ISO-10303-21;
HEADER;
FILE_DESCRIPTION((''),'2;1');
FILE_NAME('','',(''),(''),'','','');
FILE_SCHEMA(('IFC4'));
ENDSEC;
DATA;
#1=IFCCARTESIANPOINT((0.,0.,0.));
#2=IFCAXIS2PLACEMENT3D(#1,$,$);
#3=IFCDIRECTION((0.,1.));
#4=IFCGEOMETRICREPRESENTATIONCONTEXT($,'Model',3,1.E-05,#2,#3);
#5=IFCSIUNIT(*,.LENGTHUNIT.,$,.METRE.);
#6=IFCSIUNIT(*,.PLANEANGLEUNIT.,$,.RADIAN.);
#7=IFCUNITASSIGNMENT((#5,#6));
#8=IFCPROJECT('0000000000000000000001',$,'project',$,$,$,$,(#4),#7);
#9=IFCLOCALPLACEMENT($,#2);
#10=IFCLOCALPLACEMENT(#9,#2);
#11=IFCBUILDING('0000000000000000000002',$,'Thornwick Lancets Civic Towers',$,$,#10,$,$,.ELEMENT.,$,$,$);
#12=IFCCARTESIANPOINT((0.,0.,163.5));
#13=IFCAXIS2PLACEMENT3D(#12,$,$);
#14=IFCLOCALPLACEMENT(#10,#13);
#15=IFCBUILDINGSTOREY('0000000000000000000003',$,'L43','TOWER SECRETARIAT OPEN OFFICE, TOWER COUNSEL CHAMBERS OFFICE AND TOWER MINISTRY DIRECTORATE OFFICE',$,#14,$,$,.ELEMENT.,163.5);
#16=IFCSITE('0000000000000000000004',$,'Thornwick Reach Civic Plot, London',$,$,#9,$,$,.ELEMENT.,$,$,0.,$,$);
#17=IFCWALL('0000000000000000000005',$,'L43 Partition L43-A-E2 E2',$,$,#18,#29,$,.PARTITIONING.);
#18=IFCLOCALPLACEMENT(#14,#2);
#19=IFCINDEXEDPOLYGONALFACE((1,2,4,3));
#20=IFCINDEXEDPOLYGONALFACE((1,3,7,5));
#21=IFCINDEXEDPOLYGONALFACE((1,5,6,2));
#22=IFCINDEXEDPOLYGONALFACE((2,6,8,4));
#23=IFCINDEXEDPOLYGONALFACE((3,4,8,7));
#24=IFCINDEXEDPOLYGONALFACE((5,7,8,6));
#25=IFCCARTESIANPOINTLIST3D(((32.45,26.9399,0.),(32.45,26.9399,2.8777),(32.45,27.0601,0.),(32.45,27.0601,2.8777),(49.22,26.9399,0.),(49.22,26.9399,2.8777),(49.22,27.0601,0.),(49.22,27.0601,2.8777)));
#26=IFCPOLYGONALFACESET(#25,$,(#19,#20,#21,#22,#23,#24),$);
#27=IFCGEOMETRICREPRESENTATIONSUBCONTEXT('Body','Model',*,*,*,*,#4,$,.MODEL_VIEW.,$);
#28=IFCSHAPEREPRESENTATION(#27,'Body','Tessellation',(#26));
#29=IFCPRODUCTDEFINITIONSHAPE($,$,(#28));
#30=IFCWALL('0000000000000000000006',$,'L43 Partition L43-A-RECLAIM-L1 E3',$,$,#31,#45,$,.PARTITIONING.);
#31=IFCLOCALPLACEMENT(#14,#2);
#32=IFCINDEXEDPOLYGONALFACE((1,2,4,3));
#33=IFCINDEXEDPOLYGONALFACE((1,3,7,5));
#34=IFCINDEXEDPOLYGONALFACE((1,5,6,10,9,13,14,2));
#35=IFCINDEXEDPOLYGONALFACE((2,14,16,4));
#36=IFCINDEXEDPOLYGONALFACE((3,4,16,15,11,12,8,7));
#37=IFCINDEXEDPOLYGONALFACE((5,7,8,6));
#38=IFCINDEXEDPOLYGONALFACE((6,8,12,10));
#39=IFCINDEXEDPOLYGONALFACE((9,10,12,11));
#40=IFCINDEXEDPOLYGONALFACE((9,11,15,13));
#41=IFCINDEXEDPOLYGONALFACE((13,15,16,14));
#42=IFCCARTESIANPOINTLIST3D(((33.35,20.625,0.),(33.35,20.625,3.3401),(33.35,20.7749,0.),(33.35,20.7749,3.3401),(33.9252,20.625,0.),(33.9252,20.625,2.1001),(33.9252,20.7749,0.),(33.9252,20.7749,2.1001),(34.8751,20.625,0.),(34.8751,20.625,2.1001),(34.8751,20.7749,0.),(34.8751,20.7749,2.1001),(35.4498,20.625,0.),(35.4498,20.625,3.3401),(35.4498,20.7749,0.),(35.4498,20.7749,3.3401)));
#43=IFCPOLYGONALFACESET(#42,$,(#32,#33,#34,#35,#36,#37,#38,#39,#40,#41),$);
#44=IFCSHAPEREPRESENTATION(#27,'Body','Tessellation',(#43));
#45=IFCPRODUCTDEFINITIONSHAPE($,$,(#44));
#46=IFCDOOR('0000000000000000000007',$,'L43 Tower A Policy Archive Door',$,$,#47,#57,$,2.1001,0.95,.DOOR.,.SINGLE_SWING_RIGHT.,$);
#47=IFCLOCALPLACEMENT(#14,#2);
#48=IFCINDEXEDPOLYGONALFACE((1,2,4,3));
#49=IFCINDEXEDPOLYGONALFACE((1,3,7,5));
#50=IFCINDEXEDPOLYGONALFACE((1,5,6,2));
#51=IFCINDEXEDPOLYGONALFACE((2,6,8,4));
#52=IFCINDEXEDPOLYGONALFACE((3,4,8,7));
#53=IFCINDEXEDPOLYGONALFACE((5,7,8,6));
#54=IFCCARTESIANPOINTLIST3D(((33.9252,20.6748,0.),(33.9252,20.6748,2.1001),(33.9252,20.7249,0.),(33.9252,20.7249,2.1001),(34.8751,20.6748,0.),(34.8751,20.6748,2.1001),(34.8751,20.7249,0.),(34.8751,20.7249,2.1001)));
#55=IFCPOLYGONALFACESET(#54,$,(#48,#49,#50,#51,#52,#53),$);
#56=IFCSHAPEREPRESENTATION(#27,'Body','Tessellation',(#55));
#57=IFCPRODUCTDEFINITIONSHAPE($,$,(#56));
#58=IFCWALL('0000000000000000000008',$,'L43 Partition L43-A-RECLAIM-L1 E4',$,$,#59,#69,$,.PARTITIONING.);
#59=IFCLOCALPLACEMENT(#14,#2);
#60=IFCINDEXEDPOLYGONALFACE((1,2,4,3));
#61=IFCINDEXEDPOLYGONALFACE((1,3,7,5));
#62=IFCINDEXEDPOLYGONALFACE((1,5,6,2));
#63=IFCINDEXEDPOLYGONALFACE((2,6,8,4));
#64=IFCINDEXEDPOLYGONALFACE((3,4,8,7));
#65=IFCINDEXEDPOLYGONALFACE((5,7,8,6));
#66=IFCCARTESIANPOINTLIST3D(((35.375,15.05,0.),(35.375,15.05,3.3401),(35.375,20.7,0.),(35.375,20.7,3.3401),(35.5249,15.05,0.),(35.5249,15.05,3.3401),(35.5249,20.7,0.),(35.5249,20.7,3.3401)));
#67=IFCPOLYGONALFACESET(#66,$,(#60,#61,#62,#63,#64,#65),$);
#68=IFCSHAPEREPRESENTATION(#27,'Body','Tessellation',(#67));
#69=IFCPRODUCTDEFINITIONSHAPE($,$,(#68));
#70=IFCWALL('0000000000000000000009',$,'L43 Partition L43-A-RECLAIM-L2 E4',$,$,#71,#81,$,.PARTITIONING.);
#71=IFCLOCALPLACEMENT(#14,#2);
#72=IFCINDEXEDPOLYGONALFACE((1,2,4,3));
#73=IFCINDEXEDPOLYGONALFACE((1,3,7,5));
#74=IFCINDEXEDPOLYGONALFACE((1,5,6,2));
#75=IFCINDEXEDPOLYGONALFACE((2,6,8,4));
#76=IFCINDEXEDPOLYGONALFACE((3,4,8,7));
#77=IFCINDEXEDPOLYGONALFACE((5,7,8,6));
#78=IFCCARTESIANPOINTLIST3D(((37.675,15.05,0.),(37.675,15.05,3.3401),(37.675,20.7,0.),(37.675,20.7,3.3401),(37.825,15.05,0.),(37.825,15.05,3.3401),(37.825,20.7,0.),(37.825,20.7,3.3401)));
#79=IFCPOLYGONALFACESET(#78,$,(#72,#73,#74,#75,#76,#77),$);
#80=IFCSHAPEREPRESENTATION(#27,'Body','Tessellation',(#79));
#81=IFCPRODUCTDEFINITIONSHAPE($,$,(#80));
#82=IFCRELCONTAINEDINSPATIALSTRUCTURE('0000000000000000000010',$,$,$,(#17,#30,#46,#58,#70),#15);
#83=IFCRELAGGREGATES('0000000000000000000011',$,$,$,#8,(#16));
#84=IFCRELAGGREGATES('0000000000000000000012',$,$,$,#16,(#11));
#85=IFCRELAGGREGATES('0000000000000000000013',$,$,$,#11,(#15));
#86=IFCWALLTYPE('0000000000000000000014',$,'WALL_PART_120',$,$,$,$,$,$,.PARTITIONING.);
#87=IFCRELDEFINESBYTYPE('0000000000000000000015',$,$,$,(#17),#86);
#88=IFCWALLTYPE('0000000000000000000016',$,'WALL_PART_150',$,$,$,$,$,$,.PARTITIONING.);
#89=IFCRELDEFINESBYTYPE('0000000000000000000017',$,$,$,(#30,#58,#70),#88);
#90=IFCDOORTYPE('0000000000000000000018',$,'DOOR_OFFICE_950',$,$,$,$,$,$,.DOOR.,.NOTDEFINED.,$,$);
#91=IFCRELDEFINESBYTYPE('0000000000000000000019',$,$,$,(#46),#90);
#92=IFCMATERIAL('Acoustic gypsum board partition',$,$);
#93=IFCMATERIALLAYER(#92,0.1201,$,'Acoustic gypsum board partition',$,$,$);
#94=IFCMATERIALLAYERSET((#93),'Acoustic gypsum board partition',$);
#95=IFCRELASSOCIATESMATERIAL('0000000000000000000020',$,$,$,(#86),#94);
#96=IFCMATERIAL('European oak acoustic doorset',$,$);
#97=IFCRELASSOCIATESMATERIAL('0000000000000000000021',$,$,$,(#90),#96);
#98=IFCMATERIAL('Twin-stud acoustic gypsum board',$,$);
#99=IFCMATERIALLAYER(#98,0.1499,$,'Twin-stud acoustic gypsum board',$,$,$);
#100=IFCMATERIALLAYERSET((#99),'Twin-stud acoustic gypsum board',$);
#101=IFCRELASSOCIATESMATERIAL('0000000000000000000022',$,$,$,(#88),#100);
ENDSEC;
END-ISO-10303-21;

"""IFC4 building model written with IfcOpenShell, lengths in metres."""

from ifc_helpers import new_model, si_unit, direction, frame, frame_2d, origin, place, context, subcontext, project, spatial, rectangle, extrude, material, layer, layer_set, type_object, element, fill, save


model = new_model("IFC4")

# Units and contexts
model_context = context("Model", 3, precision=1e-05, world=origin(), true_north=direction((0.0, 1.0)))
body_context = subcontext(model_context, "Body", "Model", "MODEL_VIEW")
ifc_project = project(units=[si_unit("LENGTHUNIT", "METRE"), si_unit("PLANEANGLEUNIT", "RADIAN")], contexts=[model_context])

# Site, building, storey
site_placement = place(None, origin())
site = spatial("IfcSite", under=ifc_project, at=site_placement, Name="Thornwick Reach Civic Plot, London", CompositionType="ELEMENT", RefElevation=0.0)
building_placement = place(site_placement, origin())
building = spatial("IfcBuilding", under=site, at=building_placement, Name="Thornwick Lancets Civic Towers", CompositionType="ELEMENT")
storey_placement = place(building_placement, frame((0.0, 0.0, 163.5)))
storey = spatial("IfcBuildingStorey", under=building, at=storey_placement, Name="L43", Description="TOWER SECRETARIAT OPEN OFFICE, TOWER COUNSEL CHAMBERS OFFICE AND TOWER MINISTRY DIRECTORATE OFFICE", CompositionType="ELEMENT", Elevation=163.5)

# Shared definitions
ifc_material_1 = material(Name="Acoustic gypsum board partition")
ifc_layer_1 = layer(ifc_material_1, 0.1201, Name="Acoustic gypsum board partition")
ifc_layer_set_1 = layer_set([ifc_layer_1], Name="Acoustic gypsum board partition")
wall_type_1 = type_object("IfcWallType", Name="WALL_PART_120", PredefinedType="PARTITIONING", material=ifc_layer_set_1)

# Shared definitions
ifc_material_2 = material(Name="European oak acoustic doorset")
door_type_1 = type_object("IfcDoorType", Name="DOOR_OFFICE_950", OperationType="NOTDEFINED", PredefinedType="DOOR", material=ifc_material_2)

# Wall
wall_1_placement = place(storey_placement, frame((32.45, 27.0, 0.0), z_axis=(0.0, 0.0, 1.0), x_axis=(1.0, 0.0, 0.0)))
element("IfcWall", 1, at=wall_1_placement, inside=storey, type_object=wall_type_1, Name="L43 Partition L43-A-E2 E2", PredefinedType="PARTITIONING", context=body_context, shape_type="SweptSolid", body=[
    extrude(rectangle(XDim=16.77, YDim=0.1201, at=frame_2d((8.385, 0.0))), origin(), (0.0, 0.0, 1.0), 2.8777),
])

# Wall, opening, door
ifc_material_3 = material(Name="Twin-stud acoustic gypsum board")
ifc_layer_2 = layer(ifc_material_3, 0.1499, Name="Twin-stud acoustic gypsum board")
ifc_layer_set_2 = layer_set([ifc_layer_2], Name="Twin-stud acoustic gypsum board")
wall_type_2 = type_object("IfcWallType", Name="WALL_PART_150", PredefinedType="PARTITIONING", material=ifc_layer_set_2)
wall_2_placement = place(storey_placement, frame((33.3501, 20.7, 0.0), z_axis=(0.0, 0.0, 1.0), x_axis=(1.0, 0.0, 0.0)))
wall_2 = element("IfcWall", 2, at=wall_2_placement, inside=storey, type_object=wall_type_2, Name="L43 Partition L43-A-RECLAIM-L1 E3", PredefinedType="PARTITIONING", context=body_context, shape_type="SweptSolid", body=[
    extrude(rectangle(XDim=2.0999, YDim=0.1499, at=frame_2d((1.0498, 0.0))), origin(), (0.0, 0.0, 1.0), 3.3401),
])
opening_1_placement = place(wall_2_placement, frame((0.575, 0.0, 0.0)))
opening_1 = element("IfcOpeningElement", 3, at=opening_1_placement, cuts=wall_2, PredefinedType="OPENING", context=body_context, shape_type="SweptSolid", body=[
    extrude(rectangle(XDim=0.95, YDim=2.1001, at=frame_2d((0.4751, 1.05))), frame((0.0, 0.085, 0.0), z_axis=(0.0, -1.0, 0.0), x_axis=(1.0, 0.0, 0.0)), (0.0, 0.0, 1.0), 0.1699),
])
door_1_placement = place(opening_1_placement, origin())
door_1 = element("IfcDoor", 4, at=door_1_placement, inside=storey, type_object=door_type_1, Name="L43 Tower A Policy Archive Door", OperationType="SINGLE_SWING_RIGHT", OverallHeight=2.1001, OverallWidth=0.95, PredefinedType="DOOR", context=body_context, shape_type="SweptSolid", body=[
    extrude(rectangle(XDim=0.95, YDim=2.1001, at=frame_2d((0.4751, 1.05))), frame((0.0, 0.0249, 0.0), z_axis=(0.0, -1.0, 0.0), x_axis=(1.0, 0.0, 0.0)), (0.0, 0.0, 1.0), 0.05),
])
fill(opening_1, door_1)

# Wall
wall_3_placement = place(storey_placement, frame((35.45, 20.7, 0.0), z_axis=(0.0, 0.0, 1.0), x_axis=(0.0, -1.0, 0.0)))
element("IfcWall", 5, at=wall_3_placement, inside=storey, type_object=wall_type_2, Name="L43 Partition L43-A-RECLAIM-L1 E4", PredefinedType="PARTITIONING", context=body_context, shape_type="SweptSolid", body=[
    extrude(rectangle(XDim=5.6499, YDim=0.1499, at=frame_2d((2.825, 0.0))), origin(), (0.0, 0.0, 1.0), 3.3401),
])

# Wall
wall_4_placement = place(storey_placement, frame((37.75, 20.7, 0.0), z_axis=(0.0, 0.0, 1.0), x_axis=(0.0, -1.0, 0.0)))
element("IfcWall", 6, at=wall_4_placement, inside=storey, type_object=wall_type_2, Name="L43 Partition L43-A-RECLAIM-L2 E4", PredefinedType="PARTITIONING", context=body_context, shape_type="SweptSolid", body=[
    extrude(rectangle(XDim=5.6499, YDim=0.1499, at=frame_2d((2.825, 0.0))), origin(), (0.0, 0.0, 1.0), 3.3401),
])

save(model, "model.ifc")
